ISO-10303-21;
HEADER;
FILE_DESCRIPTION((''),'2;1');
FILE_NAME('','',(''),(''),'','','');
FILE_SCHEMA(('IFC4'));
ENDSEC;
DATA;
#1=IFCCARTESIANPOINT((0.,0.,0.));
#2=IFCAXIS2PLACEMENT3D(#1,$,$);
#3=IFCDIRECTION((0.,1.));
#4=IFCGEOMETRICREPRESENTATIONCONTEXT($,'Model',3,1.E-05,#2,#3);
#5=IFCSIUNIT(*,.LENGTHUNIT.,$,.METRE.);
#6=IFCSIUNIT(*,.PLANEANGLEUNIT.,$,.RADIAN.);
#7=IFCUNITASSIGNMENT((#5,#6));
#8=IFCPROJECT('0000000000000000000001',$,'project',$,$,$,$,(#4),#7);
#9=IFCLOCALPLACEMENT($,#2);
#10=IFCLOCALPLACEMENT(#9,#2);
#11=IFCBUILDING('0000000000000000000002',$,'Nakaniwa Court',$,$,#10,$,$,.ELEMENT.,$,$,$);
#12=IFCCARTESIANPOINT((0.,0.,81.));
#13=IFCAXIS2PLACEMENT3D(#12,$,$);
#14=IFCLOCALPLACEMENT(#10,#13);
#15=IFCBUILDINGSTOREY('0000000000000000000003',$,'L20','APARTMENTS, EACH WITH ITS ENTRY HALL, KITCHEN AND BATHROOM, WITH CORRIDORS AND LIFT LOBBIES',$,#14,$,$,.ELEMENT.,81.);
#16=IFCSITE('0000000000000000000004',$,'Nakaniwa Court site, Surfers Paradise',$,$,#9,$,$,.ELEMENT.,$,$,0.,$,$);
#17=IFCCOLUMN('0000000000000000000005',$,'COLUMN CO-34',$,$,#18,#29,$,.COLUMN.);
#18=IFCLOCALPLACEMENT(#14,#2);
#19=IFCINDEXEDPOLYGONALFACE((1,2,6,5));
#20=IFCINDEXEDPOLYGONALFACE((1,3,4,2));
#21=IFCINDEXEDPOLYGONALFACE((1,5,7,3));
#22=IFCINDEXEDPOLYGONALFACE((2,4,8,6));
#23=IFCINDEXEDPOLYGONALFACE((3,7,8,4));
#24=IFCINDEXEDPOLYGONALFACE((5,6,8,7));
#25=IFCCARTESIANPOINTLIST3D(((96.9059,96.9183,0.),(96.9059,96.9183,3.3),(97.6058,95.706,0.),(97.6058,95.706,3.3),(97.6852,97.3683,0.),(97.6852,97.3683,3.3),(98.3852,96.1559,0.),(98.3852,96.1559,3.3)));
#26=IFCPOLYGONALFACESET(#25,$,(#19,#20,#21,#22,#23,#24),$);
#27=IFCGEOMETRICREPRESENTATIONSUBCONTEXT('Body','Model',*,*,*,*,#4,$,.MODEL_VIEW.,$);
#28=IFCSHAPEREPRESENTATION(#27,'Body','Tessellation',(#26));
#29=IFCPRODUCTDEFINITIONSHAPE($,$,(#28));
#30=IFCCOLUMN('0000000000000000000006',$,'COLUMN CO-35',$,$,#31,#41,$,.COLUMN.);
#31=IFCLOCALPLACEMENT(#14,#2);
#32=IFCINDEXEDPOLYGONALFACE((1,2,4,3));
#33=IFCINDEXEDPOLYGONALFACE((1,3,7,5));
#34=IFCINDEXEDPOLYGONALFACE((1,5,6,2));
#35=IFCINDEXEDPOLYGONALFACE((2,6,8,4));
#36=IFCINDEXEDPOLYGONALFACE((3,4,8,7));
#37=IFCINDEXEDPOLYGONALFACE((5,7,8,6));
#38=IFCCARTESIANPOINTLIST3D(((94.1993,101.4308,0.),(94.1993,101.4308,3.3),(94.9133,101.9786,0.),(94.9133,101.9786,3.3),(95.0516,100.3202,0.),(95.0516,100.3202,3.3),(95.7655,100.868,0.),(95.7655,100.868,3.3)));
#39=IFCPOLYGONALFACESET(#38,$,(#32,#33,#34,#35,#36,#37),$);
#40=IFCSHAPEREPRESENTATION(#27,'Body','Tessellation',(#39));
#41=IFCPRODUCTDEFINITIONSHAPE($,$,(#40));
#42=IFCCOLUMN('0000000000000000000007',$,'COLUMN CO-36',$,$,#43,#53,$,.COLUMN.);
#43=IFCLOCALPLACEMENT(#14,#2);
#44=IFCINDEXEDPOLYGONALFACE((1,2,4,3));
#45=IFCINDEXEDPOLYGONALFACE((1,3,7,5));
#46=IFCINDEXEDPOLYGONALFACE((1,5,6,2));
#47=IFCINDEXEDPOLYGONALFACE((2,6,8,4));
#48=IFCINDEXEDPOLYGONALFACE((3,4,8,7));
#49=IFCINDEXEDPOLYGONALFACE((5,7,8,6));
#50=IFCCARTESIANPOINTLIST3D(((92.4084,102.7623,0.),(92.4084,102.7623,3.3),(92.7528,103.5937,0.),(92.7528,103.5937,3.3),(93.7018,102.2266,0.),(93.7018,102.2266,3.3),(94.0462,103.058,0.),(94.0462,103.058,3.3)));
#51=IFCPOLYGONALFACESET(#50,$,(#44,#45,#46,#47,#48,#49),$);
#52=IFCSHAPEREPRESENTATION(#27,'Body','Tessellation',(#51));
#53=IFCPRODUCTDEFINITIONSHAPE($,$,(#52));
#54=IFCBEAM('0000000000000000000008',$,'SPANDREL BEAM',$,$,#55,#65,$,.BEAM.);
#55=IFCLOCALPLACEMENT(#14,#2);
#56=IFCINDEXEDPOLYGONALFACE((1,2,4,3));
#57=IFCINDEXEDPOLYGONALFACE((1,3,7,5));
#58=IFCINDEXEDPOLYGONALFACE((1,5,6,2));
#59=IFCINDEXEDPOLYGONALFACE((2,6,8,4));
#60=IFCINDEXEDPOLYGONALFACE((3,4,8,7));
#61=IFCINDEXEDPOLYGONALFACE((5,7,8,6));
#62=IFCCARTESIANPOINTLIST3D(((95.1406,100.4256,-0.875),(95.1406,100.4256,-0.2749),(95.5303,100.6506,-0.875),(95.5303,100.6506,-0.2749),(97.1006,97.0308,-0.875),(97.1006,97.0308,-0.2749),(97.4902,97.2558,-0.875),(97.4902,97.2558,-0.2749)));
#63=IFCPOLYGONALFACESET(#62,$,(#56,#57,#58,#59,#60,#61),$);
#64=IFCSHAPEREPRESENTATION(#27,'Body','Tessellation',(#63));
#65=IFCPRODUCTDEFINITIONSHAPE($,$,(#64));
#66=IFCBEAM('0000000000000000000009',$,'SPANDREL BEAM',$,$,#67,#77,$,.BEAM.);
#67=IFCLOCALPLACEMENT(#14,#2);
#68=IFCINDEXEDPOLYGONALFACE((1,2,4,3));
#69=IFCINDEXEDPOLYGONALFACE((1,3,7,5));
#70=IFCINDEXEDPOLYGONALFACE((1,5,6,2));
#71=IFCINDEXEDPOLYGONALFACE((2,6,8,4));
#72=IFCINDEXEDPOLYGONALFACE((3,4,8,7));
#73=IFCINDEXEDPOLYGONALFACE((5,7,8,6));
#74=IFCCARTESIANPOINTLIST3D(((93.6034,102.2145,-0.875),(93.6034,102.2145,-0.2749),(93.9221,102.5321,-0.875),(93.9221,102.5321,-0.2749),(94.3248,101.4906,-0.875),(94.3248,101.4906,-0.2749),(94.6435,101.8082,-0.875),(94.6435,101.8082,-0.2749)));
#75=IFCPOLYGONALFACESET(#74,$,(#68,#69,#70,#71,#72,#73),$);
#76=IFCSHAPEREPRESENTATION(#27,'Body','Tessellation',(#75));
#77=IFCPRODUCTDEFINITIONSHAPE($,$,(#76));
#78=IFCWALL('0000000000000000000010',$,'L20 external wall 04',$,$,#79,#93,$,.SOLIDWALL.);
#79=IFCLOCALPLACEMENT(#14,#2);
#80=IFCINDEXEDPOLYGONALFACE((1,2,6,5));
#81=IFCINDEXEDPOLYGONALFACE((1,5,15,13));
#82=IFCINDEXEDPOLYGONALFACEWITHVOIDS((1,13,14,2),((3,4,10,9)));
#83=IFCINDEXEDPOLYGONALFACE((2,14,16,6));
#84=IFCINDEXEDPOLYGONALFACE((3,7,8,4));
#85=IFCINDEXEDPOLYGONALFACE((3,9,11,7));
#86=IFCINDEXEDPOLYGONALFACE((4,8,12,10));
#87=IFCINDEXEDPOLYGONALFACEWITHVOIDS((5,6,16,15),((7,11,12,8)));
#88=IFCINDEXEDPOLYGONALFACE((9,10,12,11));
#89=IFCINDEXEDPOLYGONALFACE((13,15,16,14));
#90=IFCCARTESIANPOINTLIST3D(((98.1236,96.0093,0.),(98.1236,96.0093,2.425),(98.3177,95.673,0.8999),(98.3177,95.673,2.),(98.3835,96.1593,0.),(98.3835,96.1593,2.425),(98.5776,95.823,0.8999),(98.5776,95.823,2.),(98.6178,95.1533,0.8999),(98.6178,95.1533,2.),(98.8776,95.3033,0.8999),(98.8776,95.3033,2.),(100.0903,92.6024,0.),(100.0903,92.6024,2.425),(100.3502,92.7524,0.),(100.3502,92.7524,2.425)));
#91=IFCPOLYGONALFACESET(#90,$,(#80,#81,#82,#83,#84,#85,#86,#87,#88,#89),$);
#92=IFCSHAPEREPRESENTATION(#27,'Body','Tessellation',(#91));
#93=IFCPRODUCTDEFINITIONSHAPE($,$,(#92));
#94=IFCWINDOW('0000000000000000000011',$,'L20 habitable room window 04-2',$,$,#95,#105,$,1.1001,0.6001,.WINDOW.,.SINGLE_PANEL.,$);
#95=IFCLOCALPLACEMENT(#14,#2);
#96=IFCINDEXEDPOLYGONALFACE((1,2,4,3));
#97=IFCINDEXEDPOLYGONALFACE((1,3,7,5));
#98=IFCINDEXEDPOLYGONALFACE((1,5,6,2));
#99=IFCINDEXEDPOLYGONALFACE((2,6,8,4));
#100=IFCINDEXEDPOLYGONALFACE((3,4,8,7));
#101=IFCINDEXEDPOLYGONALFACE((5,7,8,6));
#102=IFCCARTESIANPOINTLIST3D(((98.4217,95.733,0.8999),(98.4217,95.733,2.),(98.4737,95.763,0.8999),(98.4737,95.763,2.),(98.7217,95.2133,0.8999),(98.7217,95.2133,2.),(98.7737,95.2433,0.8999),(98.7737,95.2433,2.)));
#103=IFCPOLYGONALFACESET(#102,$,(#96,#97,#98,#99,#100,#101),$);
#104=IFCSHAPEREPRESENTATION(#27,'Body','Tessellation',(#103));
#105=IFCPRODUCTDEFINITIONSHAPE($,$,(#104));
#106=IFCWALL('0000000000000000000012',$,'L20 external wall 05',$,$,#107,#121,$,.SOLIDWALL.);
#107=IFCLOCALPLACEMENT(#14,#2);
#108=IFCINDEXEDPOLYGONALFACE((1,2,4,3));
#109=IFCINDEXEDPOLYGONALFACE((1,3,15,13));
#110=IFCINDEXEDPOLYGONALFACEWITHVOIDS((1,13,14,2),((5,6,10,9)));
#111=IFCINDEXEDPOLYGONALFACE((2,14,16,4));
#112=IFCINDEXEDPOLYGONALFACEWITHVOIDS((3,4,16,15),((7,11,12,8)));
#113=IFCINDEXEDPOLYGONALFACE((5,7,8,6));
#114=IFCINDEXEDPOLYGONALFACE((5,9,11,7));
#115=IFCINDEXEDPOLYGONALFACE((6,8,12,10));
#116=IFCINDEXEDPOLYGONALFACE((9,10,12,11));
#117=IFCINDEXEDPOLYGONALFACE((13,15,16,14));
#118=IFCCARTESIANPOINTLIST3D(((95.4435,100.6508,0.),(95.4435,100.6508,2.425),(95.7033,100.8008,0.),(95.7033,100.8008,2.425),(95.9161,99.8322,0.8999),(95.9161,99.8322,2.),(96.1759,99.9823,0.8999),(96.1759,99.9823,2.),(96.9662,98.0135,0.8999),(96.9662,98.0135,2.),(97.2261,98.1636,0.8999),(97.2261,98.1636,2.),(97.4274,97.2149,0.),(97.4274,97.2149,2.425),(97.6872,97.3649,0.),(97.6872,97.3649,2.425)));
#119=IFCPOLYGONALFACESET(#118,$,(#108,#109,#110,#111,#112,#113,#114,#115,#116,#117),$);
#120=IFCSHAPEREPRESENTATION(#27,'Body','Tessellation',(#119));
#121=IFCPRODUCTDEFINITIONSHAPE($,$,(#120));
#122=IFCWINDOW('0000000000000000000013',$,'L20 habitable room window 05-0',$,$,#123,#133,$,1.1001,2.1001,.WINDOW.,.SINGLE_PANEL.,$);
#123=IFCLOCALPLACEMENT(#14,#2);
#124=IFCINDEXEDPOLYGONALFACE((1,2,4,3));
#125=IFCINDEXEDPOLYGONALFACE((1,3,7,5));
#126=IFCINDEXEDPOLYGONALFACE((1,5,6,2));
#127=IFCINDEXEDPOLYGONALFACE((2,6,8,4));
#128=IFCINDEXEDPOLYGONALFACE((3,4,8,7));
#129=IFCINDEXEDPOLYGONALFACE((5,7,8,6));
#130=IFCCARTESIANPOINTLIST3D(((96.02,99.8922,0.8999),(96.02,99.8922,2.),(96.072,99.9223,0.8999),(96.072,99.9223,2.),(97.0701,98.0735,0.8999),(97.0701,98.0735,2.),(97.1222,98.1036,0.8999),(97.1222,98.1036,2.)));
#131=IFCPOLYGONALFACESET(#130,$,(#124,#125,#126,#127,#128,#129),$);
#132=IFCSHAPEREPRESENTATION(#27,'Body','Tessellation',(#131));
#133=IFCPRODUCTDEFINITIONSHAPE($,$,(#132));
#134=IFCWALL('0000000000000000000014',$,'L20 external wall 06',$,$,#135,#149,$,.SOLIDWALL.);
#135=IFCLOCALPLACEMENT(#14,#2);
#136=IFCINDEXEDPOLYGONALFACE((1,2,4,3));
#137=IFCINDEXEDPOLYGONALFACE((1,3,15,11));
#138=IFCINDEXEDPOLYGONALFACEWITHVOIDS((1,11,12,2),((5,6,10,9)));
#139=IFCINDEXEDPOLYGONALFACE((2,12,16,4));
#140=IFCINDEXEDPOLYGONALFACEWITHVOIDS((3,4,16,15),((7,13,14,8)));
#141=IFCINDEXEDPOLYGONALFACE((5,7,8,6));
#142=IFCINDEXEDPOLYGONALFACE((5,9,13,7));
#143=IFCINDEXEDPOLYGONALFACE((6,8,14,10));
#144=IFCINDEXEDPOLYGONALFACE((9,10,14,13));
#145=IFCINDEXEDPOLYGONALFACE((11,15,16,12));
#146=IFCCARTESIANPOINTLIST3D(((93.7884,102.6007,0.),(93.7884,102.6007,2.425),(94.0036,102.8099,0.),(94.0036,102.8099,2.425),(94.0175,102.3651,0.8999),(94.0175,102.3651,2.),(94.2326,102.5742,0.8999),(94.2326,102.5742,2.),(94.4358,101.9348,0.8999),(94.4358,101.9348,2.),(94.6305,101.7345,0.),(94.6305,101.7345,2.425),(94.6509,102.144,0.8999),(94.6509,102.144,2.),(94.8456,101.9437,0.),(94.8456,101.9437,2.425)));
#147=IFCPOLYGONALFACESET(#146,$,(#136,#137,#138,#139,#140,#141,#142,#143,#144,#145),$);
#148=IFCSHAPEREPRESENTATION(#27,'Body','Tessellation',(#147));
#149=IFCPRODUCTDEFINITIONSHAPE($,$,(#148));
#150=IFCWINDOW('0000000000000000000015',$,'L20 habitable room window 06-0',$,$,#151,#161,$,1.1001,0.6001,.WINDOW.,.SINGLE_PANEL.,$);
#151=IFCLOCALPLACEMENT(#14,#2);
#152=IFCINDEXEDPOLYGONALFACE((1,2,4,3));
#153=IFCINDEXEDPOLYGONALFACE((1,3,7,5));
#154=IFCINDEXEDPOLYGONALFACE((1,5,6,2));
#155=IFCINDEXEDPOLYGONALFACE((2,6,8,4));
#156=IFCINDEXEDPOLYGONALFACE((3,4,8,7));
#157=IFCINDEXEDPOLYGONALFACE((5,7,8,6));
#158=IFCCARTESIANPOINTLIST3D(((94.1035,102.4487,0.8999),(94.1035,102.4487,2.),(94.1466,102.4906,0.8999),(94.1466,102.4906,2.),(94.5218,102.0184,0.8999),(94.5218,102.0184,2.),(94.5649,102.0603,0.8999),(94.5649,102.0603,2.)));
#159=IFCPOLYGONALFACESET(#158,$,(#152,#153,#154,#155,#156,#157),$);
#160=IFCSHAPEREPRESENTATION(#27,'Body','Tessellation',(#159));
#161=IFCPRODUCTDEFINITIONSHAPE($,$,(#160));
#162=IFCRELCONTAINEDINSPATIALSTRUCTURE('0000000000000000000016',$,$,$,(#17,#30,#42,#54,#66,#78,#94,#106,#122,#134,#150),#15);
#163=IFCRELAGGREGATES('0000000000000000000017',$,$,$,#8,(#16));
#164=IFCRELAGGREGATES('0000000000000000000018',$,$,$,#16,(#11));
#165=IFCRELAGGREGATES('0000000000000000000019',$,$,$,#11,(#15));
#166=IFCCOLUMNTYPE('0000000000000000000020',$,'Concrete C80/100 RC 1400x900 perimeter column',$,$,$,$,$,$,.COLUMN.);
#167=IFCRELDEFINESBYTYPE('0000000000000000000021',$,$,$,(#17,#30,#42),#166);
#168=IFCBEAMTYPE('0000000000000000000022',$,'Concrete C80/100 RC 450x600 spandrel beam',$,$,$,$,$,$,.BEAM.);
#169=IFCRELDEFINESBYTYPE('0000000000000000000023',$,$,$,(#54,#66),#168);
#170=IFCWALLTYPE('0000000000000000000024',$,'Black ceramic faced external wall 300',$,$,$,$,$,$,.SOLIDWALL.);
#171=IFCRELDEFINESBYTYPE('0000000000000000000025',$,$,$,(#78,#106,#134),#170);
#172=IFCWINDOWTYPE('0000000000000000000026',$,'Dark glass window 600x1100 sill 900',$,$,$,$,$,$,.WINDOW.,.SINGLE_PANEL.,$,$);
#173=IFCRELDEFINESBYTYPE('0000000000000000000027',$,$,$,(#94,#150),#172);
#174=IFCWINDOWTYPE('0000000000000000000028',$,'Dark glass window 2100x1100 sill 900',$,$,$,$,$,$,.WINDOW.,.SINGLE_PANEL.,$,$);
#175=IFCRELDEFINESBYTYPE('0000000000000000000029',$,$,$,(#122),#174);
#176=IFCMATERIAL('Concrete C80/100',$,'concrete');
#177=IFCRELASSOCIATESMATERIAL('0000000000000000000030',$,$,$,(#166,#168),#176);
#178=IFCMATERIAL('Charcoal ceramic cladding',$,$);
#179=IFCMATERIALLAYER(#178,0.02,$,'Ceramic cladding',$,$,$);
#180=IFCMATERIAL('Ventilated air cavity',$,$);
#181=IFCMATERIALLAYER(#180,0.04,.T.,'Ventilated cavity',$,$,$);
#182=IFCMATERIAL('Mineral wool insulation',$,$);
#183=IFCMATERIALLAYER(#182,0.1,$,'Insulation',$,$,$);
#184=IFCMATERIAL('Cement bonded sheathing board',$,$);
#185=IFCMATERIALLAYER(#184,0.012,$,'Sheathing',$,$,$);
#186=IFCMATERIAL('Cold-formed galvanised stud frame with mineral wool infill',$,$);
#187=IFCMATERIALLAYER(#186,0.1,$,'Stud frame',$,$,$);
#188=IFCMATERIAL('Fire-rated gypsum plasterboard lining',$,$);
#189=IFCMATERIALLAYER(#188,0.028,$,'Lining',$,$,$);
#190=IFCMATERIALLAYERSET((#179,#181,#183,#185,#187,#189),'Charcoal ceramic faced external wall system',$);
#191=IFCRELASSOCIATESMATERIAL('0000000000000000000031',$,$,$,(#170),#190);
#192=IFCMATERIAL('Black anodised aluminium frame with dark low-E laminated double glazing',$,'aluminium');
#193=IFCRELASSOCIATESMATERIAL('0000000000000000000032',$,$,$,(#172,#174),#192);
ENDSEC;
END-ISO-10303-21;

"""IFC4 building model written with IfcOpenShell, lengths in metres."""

from ifc_helpers import new_model, si_unit, direction, frame, frame_2d, origin, origin_2d, place, context, subcontext, project, spatial, rectangle, extrude, material, layer, layer_set, material_profile, profile_set, type_object, element, fill, save


model = new_model("IFC4")

# Units and contexts
model_context = context("Model", 3, precision=1e-05, world=origin(), true_north=direction((0.0, 1.0)))
body_context = subcontext(model_context, "Body", "Model", "MODEL_VIEW")
ifc_project = project(units=[si_unit("LENGTHUNIT", "METRE"), si_unit("PLANEANGLEUNIT", "RADIAN")], contexts=[model_context])

# Site, building, storey
site_placement = place(None, origin())
site = spatial("IfcSite", under=ifc_project, at=site_placement, Name="Nakaniwa Court site, Surfers Paradise", CompositionType="ELEMENT", RefElevation=0.0)
building_placement = place(site_placement, origin())
building = spatial("IfcBuilding", under=site, at=building_placement, Name="Nakaniwa Court", CompositionType="ELEMENT")
storey_placement = place(building_placement, frame((0.0, 0.0, 81.0)))
storey = spatial("IfcBuildingStorey", under=building, at=storey_placement, Name="L20", Description="APARTMENTS, EACH WITH ITS ENTRY HALL, KITCHEN AND BATHROOM, WITH CORRIDORS AND LIFT LOBBIES", CompositionType="ELEMENT", Elevation=81.0)

# Columns
ifc_material_1 = material(Name="Concrete C80/100", Category="concrete")
ifc_material_profile_1 = material_profile(ifc_material_1, rectangle(XDim=1.3999, YDim=0.8999, at=origin_2d()), Name="Concrete C80/100 RC 1400x900 perimeter column")
ifc_profile_set_1 = profile_set([ifc_material_profile_1], Name="Concrete C80/100")
column_type = type_object("IfcColumnType", Name="Concrete C80/100 RC 1400x900 perimeter column", PredefinedType="COLUMN", material=ifc_profile_set_1)
for number, where, z_axis, x_axis, name in (
    (1, (97.6455, 96.5371, 0.0), (0.0, 0.0, 1.0), (-0.5, 0.866025, 0.0), "COLUMN CO-34"),
    (2, (94.9824, 101.1494, 0.0), (0.0, 0.0, 1.0), (-0.608761, 0.793353, 0.0), "COLUMN CO-35"),
    (3, (93.2273, 102.9102, 0.0), (0.0, 0.0, 1.0), (-0.92388, 0.382683, 0.0), "COLUMN CO-36"),
):
    element("IfcColumn", number, at=place(storey_placement, frame(where, z_axis=z_axis, x_axis=x_axis)), inside=storey, type_object=column_type, Name=name, PredefinedType="COLUMN", context=body_context, shape_type="SweptSolid", body=[
        extrude(rectangle(XDim=1.3999, YDim=0.8999, at=origin_2d()), origin(), (0.0, 0.0, 1.0), 3.3),
    ])

# Beams
ifc_material_profile_2 = material_profile(ifc_material_1, rectangle(XDim=0.45, YDim=0.6001, at=origin_2d()), Name="Concrete C80/100 RC 450x600 spandrel beam")
ifc_profile_set_2 = profile_set([ifc_material_profile_2], Name="Concrete C80/100")
beam_type = type_object("IfcBeamType", Name="Concrete C80/100 RC 450x600 spandrel beam", PredefinedType="BEAM", material=ifc_profile_set_2)
beam_1_placement = place(storey_placement, frame((97.2954, 97.1433, -0.575), z_axis=(-0.499997, 0.866027, 0.0), x_axis=(-0.866027, -0.499997, 0.0)))
element("IfcBeam", 4, at=beam_1_placement, inside=storey, type_object=beam_type, Name="SPANDREL BEAM", PredefinedType="BEAM", context=body_context, shape_type="SweptSolid", body=[
    extrude(rectangle(XDim=0.45, YDim=0.6001, at=origin_2d()), origin(), (0.0, 0.0, 1.0), 3.9199),
])
beam_2_placement = place(storey_placement, frame((94.4841, 101.6494, -0.575), z_axis=(-0.705911, 0.7083, 0.0), x_axis=(-0.7083, -0.705911, 0.0)))
element("IfcBeam", 5, at=beam_2_placement, inside=storey, type_object=beam_type, Name="SPANDREL BEAM", PredefinedType="BEAM", context=body_context, shape_type="SweptSolid", body=[
    extrude(rectangle(XDim=0.45, YDim=0.6001, at=origin_2d()), origin(), (0.0, 0.0, 1.0), 1.022),
])

# Walls, openings, windows
ifc_material_2 = material(Name="Charcoal ceramic cladding")
ifc_layer_1 = layer(ifc_material_2, 0.02, Name="Ceramic cladding")
ifc_material_3 = material(Name="Ventilated air cavity")
ifc_layer_2 = layer(ifc_material_3, 0.04, ventilated=True, Name="Ventilated cavity")
ifc_material_4 = material(Name="Mineral wool insulation")
ifc_layer_3 = layer(ifc_material_4, 0.1, Name="Insulation")
ifc_material_5 = material(Name="Cement bonded sheathing board")
ifc_layer_4 = layer(ifc_material_5, 0.012, Name="Sheathing")
ifc_material_6 = material(Name="Cold-formed galvanised stud frame with mineral wool infill")
ifc_layer_5 = layer(ifc_material_6, 0.1, Name="Stud frame")
ifc_material_7 = material(Name="Fire-rated gypsum plasterboard lining")
ifc_layer_6 = layer(ifc_material_7, 0.028, Name="Lining")
ifc_layer_set_1 = layer_set([ifc_layer_1, ifc_layer_2, ifc_layer_3, ifc_layer_4, ifc_layer_5, ifc_layer_6], Name="Charcoal ceramic faced external wall system")
wall_type_1 = type_object("IfcWallType", Name="Black ceramic faced external wall 300", PredefinedType="SOLIDWALL", material=ifc_layer_set_1)
wall_1_placement = place(storey_placement, frame((100.2202, 92.6775, 0.0), z_axis=(0.0, 0.0, 1.0), x_axis=(-0.499957, 0.86605, 0.0)))
wall_1 = element("IfcWall", 6, at=wall_1_placement, inside=storey, type_object=wall_type_1, Name="L20 external wall 04", PredefinedType="SOLIDWALL", context=body_context, shape_type="SweptSolid", body=[
    extrude(rectangle(XDim=3.9338, YDim=0.3, at=frame_2d((1.9668, 0.0))), origin(), (0.0, 0.0, 1.0), 2.425),
])
opening_1_placement = place(wall_1_placement, frame((2.9453, 0.0, 0.8999)))
opening_1 = element("IfcOpeningElement", 7, at=opening_1_placement, cuts=wall_1, PredefinedType="OPENING", context=body_context, shape_type="SweptSolid", body=[
    extrude(rectangle(XDim=0.6001, YDim=1.1001, at=frame_2d((0.3, 0.55))), frame((0.0, 0.1599, 0.0), z_axis=(0.0, -1.0, 0.0), x_axis=(1.0, 0.0, 0.0)), (0.0, 0.0, 1.0), 0.3201),
])
ifc_material_8 = material(Name="Black anodised aluminium frame with dark low-E laminated double glazing", Category="aluminium")
window_type_1 = type_object("IfcWindowType", Name="Dark glass window 600x1100 sill 900", PartitioningType="SINGLE_PANEL", PredefinedType="WINDOW", material=ifc_material_8)
window_1_placement = place(opening_1_placement, origin())
window_1 = element("IfcWindow", 8, at=window_1_placement, inside=storey, type_object=window_type_1, Name="L20 habitable room window 04-2", OverallHeight=1.1001, OverallWidth=0.6001, PartitioningType="SINGLE_PANEL", PredefinedType="WINDOW", context=body_context, shape_type="SweptSolid", body=[
    extrude(rectangle(XDim=0.6001, YDim=1.1001, at=frame_2d((0.3, 0.55))), frame((0.0, 0.03, 0.0), z_axis=(0.0, -1.0, 0.0), x_axis=(1.0, 0.0, 0.0)), (0.0, 0.0, 1.0), 0.0601),
])
fill(opening_1, window_1)
wall_2_placement = place(storey_placement, frame((97.5574, 97.2898, 0.0), z_axis=(0.0, 0.0, 1.0), x_axis=(-0.500044, 0.866, 0.0)))
wall_2 = element("IfcWall", 9, at=wall_2_placement, inside=storey, type_object=wall_type_1, Name="L20 external wall 05", PredefinedType="SOLIDWALL", context=body_context, shape_type="SweptSolid", body=[
    extrude(rectangle(XDim=3.9675, YDim=0.3, at=frame_2d((1.9839, 0.0))), origin(), (0.0, 0.0, 1.0), 2.425),
])
opening_2_placement = place(wall_2_placement, frame((0.9224, 0.0, 0.8999)))
opening_2 = element("IfcOpeningElement", 10, at=opening_2_placement, cuts=wall_2, PredefinedType="OPENING", context=body_context, shape_type="SweptSolid", body=[
    extrude(rectangle(XDim=2.1001, YDim=1.1001, at=frame_2d((1.05, 0.55))), frame((0.0, 0.1599, 0.0), z_axis=(0.0, -1.0, 0.0), x_axis=(1.0, 0.0, 0.0)), (0.0, 0.0, 1.0), 0.3201),
])
window_type_2 = type_object("IfcWindowType", Name="Dark glass window 2100x1100 sill 900", PartitioningType="SINGLE_PANEL", PredefinedType="WINDOW", material=ifc_material_8)
window_2_placement = place(opening_2_placement, origin())
window_2 = element("IfcWindow", 11, at=window_2_placement, inside=storey, type_object=window_type_2, Name="L20 habitable room window 05-0", OverallHeight=1.1001, OverallWidth=2.1001, PartitioningType="SINGLE_PANEL", PredefinedType="WINDOW", context=body_context, shape_type="SweptSolid", body=[
    extrude(rectangle(XDim=2.1001, YDim=1.1001, at=frame_2d((1.05, 0.55))), frame((0.0, 0.03, 0.0), z_axis=(0.0, -1.0, 0.0), x_axis=(1.0, 0.0, 0.0)), (0.0, 0.0, 1.0), 0.0601),
])
fill(opening_2, window_2)
wall_3_placement = place(storey_placement, frame((94.738, 101.8391, 0.0), z_axis=(0.0, 0.0, 1.0), x_axis=(-0.697032, 0.71704, 0.0)))
wall_3 = element("IfcWall", 12, at=wall_3_placement, inside=storey, type_object=wall_type_1, Name="L20 external wall 06", PredefinedType="SOLIDWALL", context=body_context, shape_type="SweptSolid", body=[
    extrude(rectangle(XDim=1.208, YDim=0.3, at=frame_2d((0.604, 0.0))), origin(), (0.0, 0.0, 1.0), 2.425),
])
opening_3_placement = place(wall_3_placement, frame((0.2793, 0.0, 0.8999)))
opening_3 = element("IfcOpeningElement", 13, at=opening_3_placement, cuts=wall_3, PredefinedType="OPENING", context=body_context, shape_type="SweptSolid", body=[
    extrude(rectangle(XDim=0.6001, YDim=1.1001, at=frame_2d((0.3, 0.55))), frame((0.0, 0.1599, 0.0), z_axis=(0.0, -1.0, 0.0), x_axis=(1.0, 0.0, 0.0)), (0.0, 0.0, 1.0), 0.3201),
])
window_3_placement = place(opening_3_placement, origin())
window_3 = element("IfcWindow", 14, at=window_3_placement, inside=storey, type_object=window_type_1, Name="L20 habitable room window 06-0", OverallHeight=1.1001, OverallWidth=0.6001, PartitioningType="SINGLE_PANEL", PredefinedType="WINDOW", context=body_context, shape_type="SweptSolid", body=[
    extrude(rectangle(XDim=0.6001, YDim=1.1001, at=frame_2d((0.3, 0.55))), frame((0.0, 0.03, 0.0), z_axis=(0.0, -1.0, 0.0), x_axis=(1.0, 0.0, 0.0)), (0.0, 0.0, 1.0), 0.0601),
])
fill(opening_3, window_3)

save(model, "model.ifc")
